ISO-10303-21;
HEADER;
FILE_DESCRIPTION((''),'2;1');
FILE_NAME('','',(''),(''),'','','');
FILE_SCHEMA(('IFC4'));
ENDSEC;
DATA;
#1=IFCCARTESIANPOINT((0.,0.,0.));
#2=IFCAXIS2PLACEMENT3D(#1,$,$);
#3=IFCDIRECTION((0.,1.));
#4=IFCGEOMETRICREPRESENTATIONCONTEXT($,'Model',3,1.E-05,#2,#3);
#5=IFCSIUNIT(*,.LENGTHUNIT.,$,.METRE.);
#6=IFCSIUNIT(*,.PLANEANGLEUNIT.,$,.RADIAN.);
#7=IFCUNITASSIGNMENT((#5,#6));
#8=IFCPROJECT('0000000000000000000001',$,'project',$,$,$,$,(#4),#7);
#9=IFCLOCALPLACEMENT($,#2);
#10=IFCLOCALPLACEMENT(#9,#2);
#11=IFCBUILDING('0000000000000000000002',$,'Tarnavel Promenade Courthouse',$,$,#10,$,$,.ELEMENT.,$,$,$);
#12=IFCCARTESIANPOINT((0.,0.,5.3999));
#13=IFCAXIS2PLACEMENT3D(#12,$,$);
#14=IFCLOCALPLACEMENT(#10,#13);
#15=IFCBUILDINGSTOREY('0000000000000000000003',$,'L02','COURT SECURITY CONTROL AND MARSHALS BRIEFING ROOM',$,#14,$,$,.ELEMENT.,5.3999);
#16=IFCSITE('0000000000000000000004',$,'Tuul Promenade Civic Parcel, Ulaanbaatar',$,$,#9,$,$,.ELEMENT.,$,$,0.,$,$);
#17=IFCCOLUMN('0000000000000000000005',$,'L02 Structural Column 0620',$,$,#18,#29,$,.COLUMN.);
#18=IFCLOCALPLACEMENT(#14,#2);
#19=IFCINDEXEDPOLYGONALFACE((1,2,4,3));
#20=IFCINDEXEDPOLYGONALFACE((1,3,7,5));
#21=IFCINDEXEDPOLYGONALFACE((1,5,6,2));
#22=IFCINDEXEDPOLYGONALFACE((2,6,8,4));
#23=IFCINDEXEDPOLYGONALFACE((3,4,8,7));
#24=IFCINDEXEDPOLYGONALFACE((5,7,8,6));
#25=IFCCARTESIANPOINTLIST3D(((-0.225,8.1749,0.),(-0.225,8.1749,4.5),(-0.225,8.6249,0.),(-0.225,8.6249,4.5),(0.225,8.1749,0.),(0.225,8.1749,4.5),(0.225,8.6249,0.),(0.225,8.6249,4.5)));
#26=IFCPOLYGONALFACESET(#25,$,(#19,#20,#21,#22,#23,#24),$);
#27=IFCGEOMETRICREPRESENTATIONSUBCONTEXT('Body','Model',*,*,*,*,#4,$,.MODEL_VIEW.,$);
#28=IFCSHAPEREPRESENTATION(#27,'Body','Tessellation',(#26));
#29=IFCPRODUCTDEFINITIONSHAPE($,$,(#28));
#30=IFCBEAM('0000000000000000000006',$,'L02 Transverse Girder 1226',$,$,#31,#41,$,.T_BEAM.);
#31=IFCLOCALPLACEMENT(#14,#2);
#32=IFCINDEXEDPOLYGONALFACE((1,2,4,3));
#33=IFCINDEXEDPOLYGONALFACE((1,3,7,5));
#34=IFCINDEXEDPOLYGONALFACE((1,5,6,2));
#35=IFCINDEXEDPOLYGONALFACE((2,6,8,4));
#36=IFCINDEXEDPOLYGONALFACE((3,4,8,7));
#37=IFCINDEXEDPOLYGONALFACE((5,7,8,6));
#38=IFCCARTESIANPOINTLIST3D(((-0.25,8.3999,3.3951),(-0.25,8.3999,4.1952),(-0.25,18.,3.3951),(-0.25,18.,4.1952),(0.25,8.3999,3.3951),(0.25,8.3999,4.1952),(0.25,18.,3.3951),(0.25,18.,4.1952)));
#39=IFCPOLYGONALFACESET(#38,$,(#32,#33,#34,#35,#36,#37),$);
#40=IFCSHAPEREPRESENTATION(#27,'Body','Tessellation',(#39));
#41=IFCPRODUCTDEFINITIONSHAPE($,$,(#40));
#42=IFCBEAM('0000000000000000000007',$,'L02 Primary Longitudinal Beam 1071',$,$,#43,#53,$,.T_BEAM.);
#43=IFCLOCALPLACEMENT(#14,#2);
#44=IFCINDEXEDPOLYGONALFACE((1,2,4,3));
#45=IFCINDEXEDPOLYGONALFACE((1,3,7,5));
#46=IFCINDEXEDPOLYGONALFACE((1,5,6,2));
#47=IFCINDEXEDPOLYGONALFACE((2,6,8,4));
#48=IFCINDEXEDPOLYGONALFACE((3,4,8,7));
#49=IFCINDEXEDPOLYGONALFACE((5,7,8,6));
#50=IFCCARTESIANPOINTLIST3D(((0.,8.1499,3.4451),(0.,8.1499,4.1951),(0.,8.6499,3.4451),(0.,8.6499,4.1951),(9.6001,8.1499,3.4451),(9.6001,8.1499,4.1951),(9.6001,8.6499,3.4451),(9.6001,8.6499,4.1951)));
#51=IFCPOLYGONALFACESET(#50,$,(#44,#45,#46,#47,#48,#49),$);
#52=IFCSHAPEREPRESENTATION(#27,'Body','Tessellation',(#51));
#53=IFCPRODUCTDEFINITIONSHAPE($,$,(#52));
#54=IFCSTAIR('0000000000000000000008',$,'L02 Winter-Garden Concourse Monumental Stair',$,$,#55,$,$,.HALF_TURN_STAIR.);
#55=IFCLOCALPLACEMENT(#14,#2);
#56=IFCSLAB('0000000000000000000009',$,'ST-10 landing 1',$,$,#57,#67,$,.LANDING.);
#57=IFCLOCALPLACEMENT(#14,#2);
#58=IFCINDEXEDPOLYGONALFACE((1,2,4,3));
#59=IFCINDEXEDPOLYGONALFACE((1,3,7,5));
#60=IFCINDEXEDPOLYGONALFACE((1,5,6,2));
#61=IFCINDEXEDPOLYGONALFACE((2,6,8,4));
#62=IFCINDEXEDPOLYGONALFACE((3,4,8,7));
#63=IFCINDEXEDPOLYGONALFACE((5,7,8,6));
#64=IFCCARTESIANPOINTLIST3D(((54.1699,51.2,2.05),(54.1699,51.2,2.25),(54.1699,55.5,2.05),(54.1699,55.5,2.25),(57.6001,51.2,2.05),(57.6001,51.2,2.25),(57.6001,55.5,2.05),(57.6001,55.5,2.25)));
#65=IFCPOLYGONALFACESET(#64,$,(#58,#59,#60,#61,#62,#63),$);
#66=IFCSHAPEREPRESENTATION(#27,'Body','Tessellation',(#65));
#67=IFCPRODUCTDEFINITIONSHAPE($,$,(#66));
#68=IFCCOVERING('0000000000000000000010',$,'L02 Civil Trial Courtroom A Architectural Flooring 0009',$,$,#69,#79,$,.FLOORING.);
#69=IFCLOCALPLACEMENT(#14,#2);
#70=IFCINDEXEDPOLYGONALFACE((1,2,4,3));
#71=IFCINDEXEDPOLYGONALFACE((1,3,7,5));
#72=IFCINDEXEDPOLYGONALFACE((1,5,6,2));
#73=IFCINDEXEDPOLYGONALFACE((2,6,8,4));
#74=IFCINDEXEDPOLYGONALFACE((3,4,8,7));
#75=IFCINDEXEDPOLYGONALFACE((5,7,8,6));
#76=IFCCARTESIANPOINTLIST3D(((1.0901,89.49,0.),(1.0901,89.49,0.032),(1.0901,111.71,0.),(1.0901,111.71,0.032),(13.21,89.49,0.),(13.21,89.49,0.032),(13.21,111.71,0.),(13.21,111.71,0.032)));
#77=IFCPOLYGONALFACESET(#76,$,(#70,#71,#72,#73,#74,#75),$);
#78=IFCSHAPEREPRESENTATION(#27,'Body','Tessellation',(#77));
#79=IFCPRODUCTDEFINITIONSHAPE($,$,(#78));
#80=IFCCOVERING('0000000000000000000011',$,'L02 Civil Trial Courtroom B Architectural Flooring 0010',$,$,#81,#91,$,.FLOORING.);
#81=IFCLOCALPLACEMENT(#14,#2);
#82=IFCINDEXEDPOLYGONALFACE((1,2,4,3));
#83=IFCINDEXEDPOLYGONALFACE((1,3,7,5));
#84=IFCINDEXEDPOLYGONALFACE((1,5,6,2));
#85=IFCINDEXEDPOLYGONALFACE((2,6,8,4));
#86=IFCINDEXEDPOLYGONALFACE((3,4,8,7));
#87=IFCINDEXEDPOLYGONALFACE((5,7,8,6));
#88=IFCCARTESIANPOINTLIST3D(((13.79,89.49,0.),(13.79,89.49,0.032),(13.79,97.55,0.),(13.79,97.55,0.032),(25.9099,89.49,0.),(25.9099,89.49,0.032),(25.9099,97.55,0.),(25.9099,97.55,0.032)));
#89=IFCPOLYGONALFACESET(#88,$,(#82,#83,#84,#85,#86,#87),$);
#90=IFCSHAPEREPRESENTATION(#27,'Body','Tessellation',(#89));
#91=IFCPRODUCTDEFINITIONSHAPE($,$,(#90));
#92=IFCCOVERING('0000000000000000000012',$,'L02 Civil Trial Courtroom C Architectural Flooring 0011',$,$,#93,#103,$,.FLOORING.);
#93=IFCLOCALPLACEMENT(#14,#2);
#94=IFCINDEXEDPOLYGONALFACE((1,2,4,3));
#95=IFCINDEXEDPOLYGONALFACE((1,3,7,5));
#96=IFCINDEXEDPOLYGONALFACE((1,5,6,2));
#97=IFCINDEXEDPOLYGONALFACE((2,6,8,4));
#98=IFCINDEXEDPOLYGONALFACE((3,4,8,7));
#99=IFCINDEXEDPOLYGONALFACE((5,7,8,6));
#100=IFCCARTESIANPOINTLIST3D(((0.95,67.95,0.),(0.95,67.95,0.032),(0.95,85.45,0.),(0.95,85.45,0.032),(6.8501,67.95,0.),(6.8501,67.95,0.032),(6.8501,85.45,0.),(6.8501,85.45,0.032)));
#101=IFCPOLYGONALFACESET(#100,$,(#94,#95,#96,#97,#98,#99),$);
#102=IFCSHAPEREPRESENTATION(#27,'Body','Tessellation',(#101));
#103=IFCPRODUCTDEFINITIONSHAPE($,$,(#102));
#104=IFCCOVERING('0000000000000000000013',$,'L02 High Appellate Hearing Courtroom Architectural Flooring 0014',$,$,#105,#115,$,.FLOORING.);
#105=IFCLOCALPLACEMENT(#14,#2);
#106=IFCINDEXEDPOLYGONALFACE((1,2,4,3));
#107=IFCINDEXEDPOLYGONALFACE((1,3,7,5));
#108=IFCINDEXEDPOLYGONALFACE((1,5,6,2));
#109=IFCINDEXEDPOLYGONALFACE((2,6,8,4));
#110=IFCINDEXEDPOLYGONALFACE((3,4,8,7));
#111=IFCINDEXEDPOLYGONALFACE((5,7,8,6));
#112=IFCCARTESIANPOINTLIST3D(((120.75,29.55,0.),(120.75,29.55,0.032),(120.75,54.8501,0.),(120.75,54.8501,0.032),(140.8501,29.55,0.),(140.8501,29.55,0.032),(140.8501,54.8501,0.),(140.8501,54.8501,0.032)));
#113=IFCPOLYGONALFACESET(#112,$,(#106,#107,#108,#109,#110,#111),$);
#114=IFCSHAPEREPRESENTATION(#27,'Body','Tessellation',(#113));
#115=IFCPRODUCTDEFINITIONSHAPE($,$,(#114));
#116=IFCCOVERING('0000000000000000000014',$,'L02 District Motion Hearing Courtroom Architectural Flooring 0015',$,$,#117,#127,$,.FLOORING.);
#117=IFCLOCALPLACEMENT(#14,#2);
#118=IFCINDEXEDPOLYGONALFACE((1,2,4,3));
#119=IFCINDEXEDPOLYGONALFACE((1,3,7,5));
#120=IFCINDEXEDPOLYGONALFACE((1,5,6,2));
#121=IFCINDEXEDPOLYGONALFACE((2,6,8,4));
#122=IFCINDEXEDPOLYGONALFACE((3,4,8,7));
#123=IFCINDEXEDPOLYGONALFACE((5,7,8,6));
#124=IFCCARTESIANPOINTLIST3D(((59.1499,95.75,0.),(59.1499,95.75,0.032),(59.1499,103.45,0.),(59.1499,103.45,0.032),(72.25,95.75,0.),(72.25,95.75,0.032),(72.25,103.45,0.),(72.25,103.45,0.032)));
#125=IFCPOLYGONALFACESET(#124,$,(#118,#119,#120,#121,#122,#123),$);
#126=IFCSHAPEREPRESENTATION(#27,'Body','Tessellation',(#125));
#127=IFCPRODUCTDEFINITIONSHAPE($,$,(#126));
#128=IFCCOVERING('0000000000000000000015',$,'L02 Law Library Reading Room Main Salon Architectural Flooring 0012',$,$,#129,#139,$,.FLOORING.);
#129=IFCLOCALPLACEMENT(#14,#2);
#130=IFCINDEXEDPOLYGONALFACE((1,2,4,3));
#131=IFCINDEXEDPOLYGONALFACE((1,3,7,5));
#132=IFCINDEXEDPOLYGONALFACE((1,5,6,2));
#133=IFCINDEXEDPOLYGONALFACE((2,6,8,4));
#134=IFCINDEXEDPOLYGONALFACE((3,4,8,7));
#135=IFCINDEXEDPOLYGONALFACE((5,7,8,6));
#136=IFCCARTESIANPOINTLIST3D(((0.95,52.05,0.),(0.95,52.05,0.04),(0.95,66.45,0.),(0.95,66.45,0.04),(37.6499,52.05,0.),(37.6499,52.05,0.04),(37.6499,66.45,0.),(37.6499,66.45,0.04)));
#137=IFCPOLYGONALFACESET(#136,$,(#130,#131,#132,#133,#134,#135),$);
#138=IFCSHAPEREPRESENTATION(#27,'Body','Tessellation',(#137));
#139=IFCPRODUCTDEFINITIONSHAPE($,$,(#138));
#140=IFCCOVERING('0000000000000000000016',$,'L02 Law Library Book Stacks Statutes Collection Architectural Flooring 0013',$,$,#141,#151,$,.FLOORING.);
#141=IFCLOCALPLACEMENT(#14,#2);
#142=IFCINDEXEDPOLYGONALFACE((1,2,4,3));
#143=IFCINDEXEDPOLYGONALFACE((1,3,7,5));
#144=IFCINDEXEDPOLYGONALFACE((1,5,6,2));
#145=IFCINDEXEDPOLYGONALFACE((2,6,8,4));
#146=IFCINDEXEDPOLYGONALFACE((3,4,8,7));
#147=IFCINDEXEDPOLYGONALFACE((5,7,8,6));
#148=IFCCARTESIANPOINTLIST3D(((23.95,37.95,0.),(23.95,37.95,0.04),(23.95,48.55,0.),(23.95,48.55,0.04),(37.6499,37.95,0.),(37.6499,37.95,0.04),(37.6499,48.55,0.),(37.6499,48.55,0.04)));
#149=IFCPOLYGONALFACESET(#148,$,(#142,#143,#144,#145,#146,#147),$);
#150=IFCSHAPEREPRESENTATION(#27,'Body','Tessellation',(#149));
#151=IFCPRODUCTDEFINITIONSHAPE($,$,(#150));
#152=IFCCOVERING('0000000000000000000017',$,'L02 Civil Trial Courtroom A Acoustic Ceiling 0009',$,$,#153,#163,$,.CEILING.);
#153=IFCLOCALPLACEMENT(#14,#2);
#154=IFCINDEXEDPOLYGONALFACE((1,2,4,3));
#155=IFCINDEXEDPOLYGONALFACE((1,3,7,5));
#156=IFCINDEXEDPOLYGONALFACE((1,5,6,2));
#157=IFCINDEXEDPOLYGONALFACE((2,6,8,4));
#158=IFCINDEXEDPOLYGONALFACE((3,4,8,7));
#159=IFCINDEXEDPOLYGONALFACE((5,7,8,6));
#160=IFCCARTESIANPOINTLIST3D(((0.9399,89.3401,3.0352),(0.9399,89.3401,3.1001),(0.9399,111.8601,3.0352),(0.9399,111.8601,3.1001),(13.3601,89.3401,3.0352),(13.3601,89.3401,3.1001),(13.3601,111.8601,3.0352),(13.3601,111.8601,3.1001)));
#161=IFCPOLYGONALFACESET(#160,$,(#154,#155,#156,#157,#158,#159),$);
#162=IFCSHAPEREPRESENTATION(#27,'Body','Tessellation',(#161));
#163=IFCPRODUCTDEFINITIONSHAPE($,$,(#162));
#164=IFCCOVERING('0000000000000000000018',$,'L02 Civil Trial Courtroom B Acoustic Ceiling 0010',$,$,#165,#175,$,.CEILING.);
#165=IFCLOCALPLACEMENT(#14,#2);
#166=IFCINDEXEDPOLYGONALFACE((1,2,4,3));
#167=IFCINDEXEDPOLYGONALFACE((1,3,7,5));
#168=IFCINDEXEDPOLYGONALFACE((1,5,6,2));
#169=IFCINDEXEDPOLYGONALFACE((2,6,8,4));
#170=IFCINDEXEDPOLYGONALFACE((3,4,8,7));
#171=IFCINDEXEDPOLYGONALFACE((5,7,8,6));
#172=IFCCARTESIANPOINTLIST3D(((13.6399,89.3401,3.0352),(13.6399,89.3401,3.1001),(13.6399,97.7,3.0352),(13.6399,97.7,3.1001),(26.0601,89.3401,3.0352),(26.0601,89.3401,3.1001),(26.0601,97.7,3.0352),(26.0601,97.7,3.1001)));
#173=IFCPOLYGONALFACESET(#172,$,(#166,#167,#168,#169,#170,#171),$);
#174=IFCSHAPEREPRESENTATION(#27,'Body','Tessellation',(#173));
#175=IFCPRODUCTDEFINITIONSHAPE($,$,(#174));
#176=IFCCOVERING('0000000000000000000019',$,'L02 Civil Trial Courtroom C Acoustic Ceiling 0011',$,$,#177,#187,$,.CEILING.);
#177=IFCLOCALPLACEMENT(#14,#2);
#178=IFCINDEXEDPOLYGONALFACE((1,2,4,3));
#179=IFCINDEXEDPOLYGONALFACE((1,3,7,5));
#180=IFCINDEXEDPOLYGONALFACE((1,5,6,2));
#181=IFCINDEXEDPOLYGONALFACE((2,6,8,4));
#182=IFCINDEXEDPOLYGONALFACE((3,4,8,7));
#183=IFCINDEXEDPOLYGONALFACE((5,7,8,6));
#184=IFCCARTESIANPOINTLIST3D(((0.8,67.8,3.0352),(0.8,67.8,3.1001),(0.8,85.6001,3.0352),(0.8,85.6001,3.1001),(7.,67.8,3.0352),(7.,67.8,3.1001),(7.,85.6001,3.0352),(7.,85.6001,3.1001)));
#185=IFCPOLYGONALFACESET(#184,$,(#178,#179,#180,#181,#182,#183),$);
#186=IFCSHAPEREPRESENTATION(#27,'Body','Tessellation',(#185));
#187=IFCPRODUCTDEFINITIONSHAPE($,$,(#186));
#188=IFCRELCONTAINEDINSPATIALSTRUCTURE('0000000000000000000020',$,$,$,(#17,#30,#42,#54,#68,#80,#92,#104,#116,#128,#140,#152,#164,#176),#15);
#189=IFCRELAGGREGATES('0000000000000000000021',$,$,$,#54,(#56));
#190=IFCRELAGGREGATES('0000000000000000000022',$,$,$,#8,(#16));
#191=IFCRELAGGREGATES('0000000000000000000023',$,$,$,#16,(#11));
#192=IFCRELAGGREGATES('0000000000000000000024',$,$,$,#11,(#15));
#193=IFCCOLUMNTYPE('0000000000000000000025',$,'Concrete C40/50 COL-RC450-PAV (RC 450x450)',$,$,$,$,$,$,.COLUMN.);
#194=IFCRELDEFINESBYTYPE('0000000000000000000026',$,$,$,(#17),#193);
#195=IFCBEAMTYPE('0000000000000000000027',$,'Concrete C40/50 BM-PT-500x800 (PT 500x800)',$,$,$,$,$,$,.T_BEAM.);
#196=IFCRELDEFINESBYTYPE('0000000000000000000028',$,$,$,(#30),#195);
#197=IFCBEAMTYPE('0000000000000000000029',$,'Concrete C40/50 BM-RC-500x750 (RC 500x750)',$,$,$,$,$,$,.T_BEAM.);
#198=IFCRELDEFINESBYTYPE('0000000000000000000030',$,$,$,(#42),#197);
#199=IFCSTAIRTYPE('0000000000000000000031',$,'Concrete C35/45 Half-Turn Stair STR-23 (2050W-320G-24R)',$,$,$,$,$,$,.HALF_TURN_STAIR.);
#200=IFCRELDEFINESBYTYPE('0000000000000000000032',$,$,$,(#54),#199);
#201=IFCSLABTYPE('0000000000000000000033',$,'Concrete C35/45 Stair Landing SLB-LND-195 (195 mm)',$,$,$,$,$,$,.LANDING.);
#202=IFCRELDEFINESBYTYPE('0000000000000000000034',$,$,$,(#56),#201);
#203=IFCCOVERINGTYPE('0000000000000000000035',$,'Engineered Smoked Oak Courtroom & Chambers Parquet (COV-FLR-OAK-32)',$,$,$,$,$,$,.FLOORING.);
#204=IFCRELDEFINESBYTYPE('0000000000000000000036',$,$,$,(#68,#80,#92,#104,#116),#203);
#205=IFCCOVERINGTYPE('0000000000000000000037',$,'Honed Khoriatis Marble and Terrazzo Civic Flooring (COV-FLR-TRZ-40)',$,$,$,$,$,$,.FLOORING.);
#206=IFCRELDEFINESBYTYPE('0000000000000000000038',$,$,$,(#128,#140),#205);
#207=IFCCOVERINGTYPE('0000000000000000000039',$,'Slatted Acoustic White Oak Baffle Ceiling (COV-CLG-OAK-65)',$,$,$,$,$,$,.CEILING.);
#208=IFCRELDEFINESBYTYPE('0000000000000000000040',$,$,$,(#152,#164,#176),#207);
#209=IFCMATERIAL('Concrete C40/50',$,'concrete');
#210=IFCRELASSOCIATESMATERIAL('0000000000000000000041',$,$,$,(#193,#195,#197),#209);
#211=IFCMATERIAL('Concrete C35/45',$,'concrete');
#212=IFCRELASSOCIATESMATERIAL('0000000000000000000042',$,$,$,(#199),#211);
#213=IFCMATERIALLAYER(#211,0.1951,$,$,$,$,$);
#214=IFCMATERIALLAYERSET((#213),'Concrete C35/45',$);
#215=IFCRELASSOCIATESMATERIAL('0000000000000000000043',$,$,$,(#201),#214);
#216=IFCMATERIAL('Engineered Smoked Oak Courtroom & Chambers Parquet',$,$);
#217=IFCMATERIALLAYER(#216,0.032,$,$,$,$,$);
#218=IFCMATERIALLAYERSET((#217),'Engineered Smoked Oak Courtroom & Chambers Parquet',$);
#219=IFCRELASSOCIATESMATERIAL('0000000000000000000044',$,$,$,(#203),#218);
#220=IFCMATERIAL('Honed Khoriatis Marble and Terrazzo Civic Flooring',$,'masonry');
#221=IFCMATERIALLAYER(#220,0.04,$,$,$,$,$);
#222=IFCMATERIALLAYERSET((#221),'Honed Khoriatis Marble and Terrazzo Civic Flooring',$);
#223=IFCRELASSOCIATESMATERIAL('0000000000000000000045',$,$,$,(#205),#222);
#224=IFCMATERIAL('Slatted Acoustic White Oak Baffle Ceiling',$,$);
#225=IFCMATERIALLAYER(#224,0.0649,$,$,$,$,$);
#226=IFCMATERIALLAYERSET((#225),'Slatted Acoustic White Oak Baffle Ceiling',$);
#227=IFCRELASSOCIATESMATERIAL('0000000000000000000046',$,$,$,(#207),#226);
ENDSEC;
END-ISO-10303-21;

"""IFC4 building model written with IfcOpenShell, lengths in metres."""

from ifc_helpers import new_model, si_unit, direction, frame, origin, origin_2d, place, context, subcontext, project, spatial, polyline, rectangle, outline, extrude, material, layer, layer_set, material_profile, profile_set, type_object, element, aggregate, save


model = new_model("IFC4")

# Units and contexts
model_context = context("Model", 3, precision=1e-05, world=origin(), true_north=direction((0.0, 1.0)))
body_context = subcontext(model_context, "Body", "Model", "MODEL_VIEW")
ifc_project = project(units=[si_unit("LENGTHUNIT", "METRE"), si_unit("PLANEANGLEUNIT", "RADIAN")], contexts=[model_context])

# Site, building, storey
site_placement = place(None, origin())
site = spatial("IfcSite", under=ifc_project, at=site_placement, Name="Tuul Promenade Civic Parcel, Ulaanbaatar", CompositionType="ELEMENT", RefElevation=0.0)
building_placement = place(site_placement, origin())
building = spatial("IfcBuilding", under=site, at=building_placement, Name="Tarnavel Promenade Courthouse", CompositionType="ELEMENT")
storey_placement = place(building_placement, frame((0.0, 0.0, 5.3999)))
storey = spatial("IfcBuildingStorey", under=building, at=storey_placement, Name="L02", Description="COURT SECURITY CONTROL AND MARSHALS BRIEFING ROOM", CompositionType="ELEMENT", Elevation=5.3999)

# Column
ifc_material_1 = material(Name="Concrete C40/50", Category="concrete")
ifc_material_profile_1 = material_profile(ifc_material_1, rectangle(XDim=0.45, YDim=0.45, at=origin_2d()), Name="RC 450x450")
ifc_profile_set_1 = profile_set([ifc_material_profile_1], Name="Concrete C40/50")
column_type = type_object("IfcColumnType", Name="Concrete C40/50 COL-RC450-PAV (RC 450x450)", PredefinedType="COLUMN", material=ifc_profile_set_1)
column_placement = place(storey_placement, frame((0.0, 8.3999, 0.0), z_axis=(0.0, 0.0, 1.0), x_axis=(1.0, 0.0, 0.0)))
element("IfcColumn", 1, at=column_placement, inside=storey, type_object=column_type, Name="L02 Structural Column 0620", PredefinedType="COLUMN", context=body_context, shape_type="SweptSolid", body=[
    extrude(rectangle(XDim=0.45, YDim=0.45, at=origin_2d()), origin(), (0.0, 0.0, 1.0), 4.5),
])

# Beams
ifc_material_profile_2 = material_profile(ifc_material_1, rectangle(XDim=0.5, YDim=0.8, at=origin_2d()), Name="PT 500x800")
ifc_profile_set_2 = profile_set([ifc_material_profile_2], Name="Concrete C40/50")
beam_type_1 = type_object("IfcBeamType", Name="Concrete C40/50 BM-PT-500x800 (PT 500x800)", PredefinedType="T_BEAM", material=ifc_profile_set_2)
beam_1_placement = place(storey_placement, frame((0.0, 8.3999, 3.7952), z_axis=(0.0, 1.0, 0.0), x_axis=(-1.0, 0.0, 0.0)))
element("IfcBeam", 2, at=beam_1_placement, inside=storey, type_object=beam_type_1, Name="L02 Transverse Girder 1226", PredefinedType="T_BEAM", context=body_context, shape_type="SweptSolid", body=[
    extrude(rectangle(XDim=0.5, YDim=0.8, at=origin_2d()), origin(), (0.0, 0.0, 1.0), 9.6001),
])
ifc_material_profile_3 = material_profile(ifc_material_1, rectangle(XDim=0.5, YDim=0.75, at=origin_2d()), Name="RC 500x750")
ifc_profile_set_3 = profile_set([ifc_material_profile_3], Name="Concrete C40/50")
beam_type_2 = type_object("IfcBeamType", Name="Concrete C40/50 BM-RC-500x750 (RC 500x750)", PredefinedType="T_BEAM", material=ifc_profile_set_3)
beam_2_placement = place(storey_placement, frame((0.0, 8.3999, 3.8201), z_axis=(1.0, 0.0, 0.0), x_axis=(0.0, 1.0, 0.0)))
element("IfcBeam", 3, at=beam_2_placement, inside=storey, type_object=beam_type_2, Name="L02 Primary Longitudinal Beam 1071", PredefinedType="T_BEAM", context=body_context, shape_type="SweptSolid", body=[
    extrude(rectangle(XDim=0.5, YDim=0.75, at=origin_2d()), origin(), (0.0, 0.0, 1.0), 9.6001),
])

# Stair, slab
ifc_material_2 = material(Name="Concrete C35/45", Category="concrete")
stair_type = type_object("IfcStairType", Name="Concrete C35/45 Half-Turn Stair STR-23 (2050W-320G-24R)", PredefinedType="HALF_TURN_STAIR", material=ifc_material_2)
stair_placement = place(storey_placement, origin())
stair = element("IfcStair", 4, at=stair_placement, inside=storey, type_object=stair_type, Name="L02 Winter-Garden Concourse Monumental Stair", PredefinedType="HALF_TURN_STAIR")
ifc_layer_1 = layer(ifc_material_2, 0.1951)
ifc_layer_set_1 = layer_set([ifc_layer_1], Name="Concrete C35/45")
slab_type = type_object("IfcSlabType", Name="Concrete C35/45 Stair Landing SLB-LND-195 (195 mm)", PredefinedType="LANDING", material=ifc_layer_set_1)
slab_placement = place(storey_placement, frame((0.0, 0.0, 2.05)))
slab = element("IfcSlab", 5, at=slab_placement, type_object=slab_type, Name="ST-10 landing 1", PredefinedType="LANDING", context=body_context, shape_type="SweptSolid", body=[
    extrude(outline(polyline([(54.1699, 51.2), (57.6001, 51.2), (57.6001, 55.5), (54.1699, 55.5), (54.1699, 51.2)])), origin(), (0.0, 0.0, 1.0), 0.2),
])
aggregate(stair, [slab])

# Coverings
ifc_material_3 = material(Name="Engineered Smoked Oak Courtroom & Chambers Parquet")
ifc_layer_2 = layer(ifc_material_3, 0.032)
ifc_layer_set_2 = layer_set([ifc_layer_2], Name="Engineered Smoked Oak Courtroom & Chambers Parquet")
covering_type_1 = type_object("IfcCoveringType", Name="Engineered Smoked Oak Courtroom & Chambers Parquet (COV-FLR-OAK-32)", PredefinedType="FLOORING", material=ifc_layer_set_2)
covering_1_placement = place(storey_placement, origin())
element("IfcCovering", 6, at=covering_1_placement, inside=storey, type_object=covering_type_1, Name="L02 Civil Trial Courtroom A Architectural Flooring 0009", PredefinedType="FLOORING", context=body_context, shape_type="SweptSolid", body=[
    extrude(outline(polyline([(1.0901, 89.49), (13.21, 89.49), (13.21, 111.71), (1.0901, 111.71), (1.0901, 89.49)])), origin(), (0.0, 0.0, 1.0), 0.032),
])
covering_2_placement = place(storey_placement, origin())
element("IfcCovering", 7, at=covering_2_placement, inside=storey, type_object=covering_type_1, Name="L02 Civil Trial Courtroom B Architectural Flooring 0010", PredefinedType="FLOORING", context=body_context, shape_type="SweptSolid", body=[
    extrude(outline(polyline([(13.79, 89.49), (25.9099, 89.49), (25.9099, 97.55), (13.79, 97.55), (13.79, 89.49)])), origin(), (0.0, 0.0, 1.0), 0.032),
])
covering_3_placement = place(storey_placement, origin())
element("IfcCovering", 8, at=covering_3_placement, inside=storey, type_object=covering_type_1, Name="L02 Civil Trial Courtroom C Architectural Flooring 0011", PredefinedType="FLOORING", context=body_context, shape_type="SweptSolid", body=[
    extrude(outline(polyline([(0.95, 67.95), (6.8501, 67.95), (6.8501, 85.45), (0.95, 85.45), (0.95, 67.95)])), origin(), (0.0, 0.0, 1.0), 0.032),
])
covering_4_placement = place(storey_placement, origin())
element("IfcCovering", 9, at=covering_4_placement, inside=storey, type_object=covering_type_1, Name="L02 High Appellate Hearing Courtroom Architectural Flooring 0014", PredefinedType="FLOORING", context=body_context, shape_type="SweptSolid", body=[
    extrude(outline(polyline([(120.75, 29.55), (140.8501, 29.55), (140.8501, 54.8501), (120.75, 54.8501), (120.75, 29.55)])), origin(), (0.0, 0.0, 1.0), 0.032),
])
covering_5_placement = place(storey_placement, origin())
element("IfcCovering", 10, at=covering_5_placement, inside=storey, type_object=covering_type_1, Name="L02 District Motion Hearing Courtroom Architectural Flooring 0015", PredefinedType="FLOORING", context=body_context, shape_type="SweptSolid", body=[
    extrude(outline(polyline([(59.1499, 95.75), (72.25, 95.75), (72.25, 103.45), (59.1499, 103.45), (59.1499, 95.75)])), origin(), (0.0, 0.0, 1.0), 0.032),
])
ifc_material_4 = material(Name="Honed Khoriatis Marble and Terrazzo Civic Flooring", Category="masonry")
ifc_layer_3 = layer(ifc_material_4, 0.04)
ifc_layer_set_3 = layer_set([ifc_layer_3], Name="Honed Khoriatis Marble and Terrazzo Civic Flooring")
covering_type_2 = type_object("IfcCoveringType", Name="Honed Khoriatis Marble and Terrazzo Civic Flooring (COV-FLR-TRZ-40)", PredefinedType="FLOORING", material=ifc_layer_set_3)
covering_6_placement = place(storey_placement, origin())
element("IfcCovering", 11, at=covering_6_placement, inside=storey, type_object=covering_type_2, Name="L02 Law Library Reading Room Main Salon Architectural Flooring 0012", PredefinedType="FLOORING", context=body_context, shape_type="SweptSolid", body=[
    extrude(outline(polyline([(0.95, 52.05), (37.6499, 52.05), (37.6499, 66.45), (0.95, 66.45), (0.95, 52.05)])), origin(), (0.0, 0.0, 1.0), 0.04),
])
covering_7_placement = place(storey_placement, origin())
element("IfcCovering", 12, at=covering_7_placement, inside=storey, type_object=covering_type_2, Name="L02 Law Library Book Stacks Statutes Collection Architectural Flooring 0013", PredefinedType="FLOORING", context=body_context, shape_type="SweptSolid", body=[
    extrude(outline(polyline([(23.95, 37.95), (37.6499, 37.95), (37.6499, 48.55), (23.95, 48.55), (23.95, 37.95)])), origin(), (0.0, 0.0, 1.0), 0.04),
])
ifc_material_5 = material(Name="Slatted Acoustic White Oak Baffle Ceiling")
ifc_layer_4 = layer(ifc_material_5, 0.0649)
ifc_layer_set_4 = layer_set([ifc_layer_4], Name="Slatted Acoustic White Oak Baffle Ceiling")
covering_type_3 = type_object("IfcCoveringType", Name="Slatted Acoustic White Oak Baffle Ceiling (COV-CLG-OAK-65)", PredefinedType="CEILING", material=ifc_layer_set_4)
covering_8_placement = place(storey_placement, frame((0.0, 0.0, 3.0352)))
element("IfcCovering", 13, at=covering_8_placement, inside=storey, type_object=covering_type_3, Name="L02 Civil Trial Courtroom A Acoustic Ceiling 0009", PredefinedType="CEILING", context=body_context, shape_type="SweptSolid", body=[
    extrude(outline(polyline([(0.9399, 89.3401), (13.3601, 89.3401), (13.3601, 111.8601), (0.9399, 111.8601), (0.9399, 89.3401)])), origin(), (0.0, 0.0, 1.0), 0.0649),
])
covering_9_placement = place(storey_placement, frame((0.0, 0.0, 3.0352)))
element("IfcCovering", 14, at=covering_9_placement, inside=storey, type_object=covering_type_3, Name="L02 Civil Trial Courtroom B Acoustic Ceiling 0010", PredefinedType="CEILING", context=body_context, shape_type="SweptSolid", body=[
    extrude(outline(polyline([(13.6399, 89.3401), (26.0601, 89.3401), (26.0601, 97.7), (13.6399, 97.7), (13.6399, 89.3401)])), origin(), (0.0, 0.0, 1.0), 0.0649),
])
covering_10_placement = place(storey_placement, frame((0.0, 0.0, 3.0352)))
element("IfcCovering", 15, at=covering_10_placement, inside=storey, type_object=covering_type_3, Name="L02 Civil Trial Courtroom C Acoustic Ceiling 0011", PredefinedType="CEILING", context=body_context, shape_type="SweptSolid", body=[
    extrude(outline(polyline([(0.8, 67.8), (7.0, 67.8), (7.0, 85.6001), (0.8, 85.6001), (0.8, 67.8)])), origin(), (0.0, 0.0, 1.0), 0.0649),
])

save(model, "model.ifc")
